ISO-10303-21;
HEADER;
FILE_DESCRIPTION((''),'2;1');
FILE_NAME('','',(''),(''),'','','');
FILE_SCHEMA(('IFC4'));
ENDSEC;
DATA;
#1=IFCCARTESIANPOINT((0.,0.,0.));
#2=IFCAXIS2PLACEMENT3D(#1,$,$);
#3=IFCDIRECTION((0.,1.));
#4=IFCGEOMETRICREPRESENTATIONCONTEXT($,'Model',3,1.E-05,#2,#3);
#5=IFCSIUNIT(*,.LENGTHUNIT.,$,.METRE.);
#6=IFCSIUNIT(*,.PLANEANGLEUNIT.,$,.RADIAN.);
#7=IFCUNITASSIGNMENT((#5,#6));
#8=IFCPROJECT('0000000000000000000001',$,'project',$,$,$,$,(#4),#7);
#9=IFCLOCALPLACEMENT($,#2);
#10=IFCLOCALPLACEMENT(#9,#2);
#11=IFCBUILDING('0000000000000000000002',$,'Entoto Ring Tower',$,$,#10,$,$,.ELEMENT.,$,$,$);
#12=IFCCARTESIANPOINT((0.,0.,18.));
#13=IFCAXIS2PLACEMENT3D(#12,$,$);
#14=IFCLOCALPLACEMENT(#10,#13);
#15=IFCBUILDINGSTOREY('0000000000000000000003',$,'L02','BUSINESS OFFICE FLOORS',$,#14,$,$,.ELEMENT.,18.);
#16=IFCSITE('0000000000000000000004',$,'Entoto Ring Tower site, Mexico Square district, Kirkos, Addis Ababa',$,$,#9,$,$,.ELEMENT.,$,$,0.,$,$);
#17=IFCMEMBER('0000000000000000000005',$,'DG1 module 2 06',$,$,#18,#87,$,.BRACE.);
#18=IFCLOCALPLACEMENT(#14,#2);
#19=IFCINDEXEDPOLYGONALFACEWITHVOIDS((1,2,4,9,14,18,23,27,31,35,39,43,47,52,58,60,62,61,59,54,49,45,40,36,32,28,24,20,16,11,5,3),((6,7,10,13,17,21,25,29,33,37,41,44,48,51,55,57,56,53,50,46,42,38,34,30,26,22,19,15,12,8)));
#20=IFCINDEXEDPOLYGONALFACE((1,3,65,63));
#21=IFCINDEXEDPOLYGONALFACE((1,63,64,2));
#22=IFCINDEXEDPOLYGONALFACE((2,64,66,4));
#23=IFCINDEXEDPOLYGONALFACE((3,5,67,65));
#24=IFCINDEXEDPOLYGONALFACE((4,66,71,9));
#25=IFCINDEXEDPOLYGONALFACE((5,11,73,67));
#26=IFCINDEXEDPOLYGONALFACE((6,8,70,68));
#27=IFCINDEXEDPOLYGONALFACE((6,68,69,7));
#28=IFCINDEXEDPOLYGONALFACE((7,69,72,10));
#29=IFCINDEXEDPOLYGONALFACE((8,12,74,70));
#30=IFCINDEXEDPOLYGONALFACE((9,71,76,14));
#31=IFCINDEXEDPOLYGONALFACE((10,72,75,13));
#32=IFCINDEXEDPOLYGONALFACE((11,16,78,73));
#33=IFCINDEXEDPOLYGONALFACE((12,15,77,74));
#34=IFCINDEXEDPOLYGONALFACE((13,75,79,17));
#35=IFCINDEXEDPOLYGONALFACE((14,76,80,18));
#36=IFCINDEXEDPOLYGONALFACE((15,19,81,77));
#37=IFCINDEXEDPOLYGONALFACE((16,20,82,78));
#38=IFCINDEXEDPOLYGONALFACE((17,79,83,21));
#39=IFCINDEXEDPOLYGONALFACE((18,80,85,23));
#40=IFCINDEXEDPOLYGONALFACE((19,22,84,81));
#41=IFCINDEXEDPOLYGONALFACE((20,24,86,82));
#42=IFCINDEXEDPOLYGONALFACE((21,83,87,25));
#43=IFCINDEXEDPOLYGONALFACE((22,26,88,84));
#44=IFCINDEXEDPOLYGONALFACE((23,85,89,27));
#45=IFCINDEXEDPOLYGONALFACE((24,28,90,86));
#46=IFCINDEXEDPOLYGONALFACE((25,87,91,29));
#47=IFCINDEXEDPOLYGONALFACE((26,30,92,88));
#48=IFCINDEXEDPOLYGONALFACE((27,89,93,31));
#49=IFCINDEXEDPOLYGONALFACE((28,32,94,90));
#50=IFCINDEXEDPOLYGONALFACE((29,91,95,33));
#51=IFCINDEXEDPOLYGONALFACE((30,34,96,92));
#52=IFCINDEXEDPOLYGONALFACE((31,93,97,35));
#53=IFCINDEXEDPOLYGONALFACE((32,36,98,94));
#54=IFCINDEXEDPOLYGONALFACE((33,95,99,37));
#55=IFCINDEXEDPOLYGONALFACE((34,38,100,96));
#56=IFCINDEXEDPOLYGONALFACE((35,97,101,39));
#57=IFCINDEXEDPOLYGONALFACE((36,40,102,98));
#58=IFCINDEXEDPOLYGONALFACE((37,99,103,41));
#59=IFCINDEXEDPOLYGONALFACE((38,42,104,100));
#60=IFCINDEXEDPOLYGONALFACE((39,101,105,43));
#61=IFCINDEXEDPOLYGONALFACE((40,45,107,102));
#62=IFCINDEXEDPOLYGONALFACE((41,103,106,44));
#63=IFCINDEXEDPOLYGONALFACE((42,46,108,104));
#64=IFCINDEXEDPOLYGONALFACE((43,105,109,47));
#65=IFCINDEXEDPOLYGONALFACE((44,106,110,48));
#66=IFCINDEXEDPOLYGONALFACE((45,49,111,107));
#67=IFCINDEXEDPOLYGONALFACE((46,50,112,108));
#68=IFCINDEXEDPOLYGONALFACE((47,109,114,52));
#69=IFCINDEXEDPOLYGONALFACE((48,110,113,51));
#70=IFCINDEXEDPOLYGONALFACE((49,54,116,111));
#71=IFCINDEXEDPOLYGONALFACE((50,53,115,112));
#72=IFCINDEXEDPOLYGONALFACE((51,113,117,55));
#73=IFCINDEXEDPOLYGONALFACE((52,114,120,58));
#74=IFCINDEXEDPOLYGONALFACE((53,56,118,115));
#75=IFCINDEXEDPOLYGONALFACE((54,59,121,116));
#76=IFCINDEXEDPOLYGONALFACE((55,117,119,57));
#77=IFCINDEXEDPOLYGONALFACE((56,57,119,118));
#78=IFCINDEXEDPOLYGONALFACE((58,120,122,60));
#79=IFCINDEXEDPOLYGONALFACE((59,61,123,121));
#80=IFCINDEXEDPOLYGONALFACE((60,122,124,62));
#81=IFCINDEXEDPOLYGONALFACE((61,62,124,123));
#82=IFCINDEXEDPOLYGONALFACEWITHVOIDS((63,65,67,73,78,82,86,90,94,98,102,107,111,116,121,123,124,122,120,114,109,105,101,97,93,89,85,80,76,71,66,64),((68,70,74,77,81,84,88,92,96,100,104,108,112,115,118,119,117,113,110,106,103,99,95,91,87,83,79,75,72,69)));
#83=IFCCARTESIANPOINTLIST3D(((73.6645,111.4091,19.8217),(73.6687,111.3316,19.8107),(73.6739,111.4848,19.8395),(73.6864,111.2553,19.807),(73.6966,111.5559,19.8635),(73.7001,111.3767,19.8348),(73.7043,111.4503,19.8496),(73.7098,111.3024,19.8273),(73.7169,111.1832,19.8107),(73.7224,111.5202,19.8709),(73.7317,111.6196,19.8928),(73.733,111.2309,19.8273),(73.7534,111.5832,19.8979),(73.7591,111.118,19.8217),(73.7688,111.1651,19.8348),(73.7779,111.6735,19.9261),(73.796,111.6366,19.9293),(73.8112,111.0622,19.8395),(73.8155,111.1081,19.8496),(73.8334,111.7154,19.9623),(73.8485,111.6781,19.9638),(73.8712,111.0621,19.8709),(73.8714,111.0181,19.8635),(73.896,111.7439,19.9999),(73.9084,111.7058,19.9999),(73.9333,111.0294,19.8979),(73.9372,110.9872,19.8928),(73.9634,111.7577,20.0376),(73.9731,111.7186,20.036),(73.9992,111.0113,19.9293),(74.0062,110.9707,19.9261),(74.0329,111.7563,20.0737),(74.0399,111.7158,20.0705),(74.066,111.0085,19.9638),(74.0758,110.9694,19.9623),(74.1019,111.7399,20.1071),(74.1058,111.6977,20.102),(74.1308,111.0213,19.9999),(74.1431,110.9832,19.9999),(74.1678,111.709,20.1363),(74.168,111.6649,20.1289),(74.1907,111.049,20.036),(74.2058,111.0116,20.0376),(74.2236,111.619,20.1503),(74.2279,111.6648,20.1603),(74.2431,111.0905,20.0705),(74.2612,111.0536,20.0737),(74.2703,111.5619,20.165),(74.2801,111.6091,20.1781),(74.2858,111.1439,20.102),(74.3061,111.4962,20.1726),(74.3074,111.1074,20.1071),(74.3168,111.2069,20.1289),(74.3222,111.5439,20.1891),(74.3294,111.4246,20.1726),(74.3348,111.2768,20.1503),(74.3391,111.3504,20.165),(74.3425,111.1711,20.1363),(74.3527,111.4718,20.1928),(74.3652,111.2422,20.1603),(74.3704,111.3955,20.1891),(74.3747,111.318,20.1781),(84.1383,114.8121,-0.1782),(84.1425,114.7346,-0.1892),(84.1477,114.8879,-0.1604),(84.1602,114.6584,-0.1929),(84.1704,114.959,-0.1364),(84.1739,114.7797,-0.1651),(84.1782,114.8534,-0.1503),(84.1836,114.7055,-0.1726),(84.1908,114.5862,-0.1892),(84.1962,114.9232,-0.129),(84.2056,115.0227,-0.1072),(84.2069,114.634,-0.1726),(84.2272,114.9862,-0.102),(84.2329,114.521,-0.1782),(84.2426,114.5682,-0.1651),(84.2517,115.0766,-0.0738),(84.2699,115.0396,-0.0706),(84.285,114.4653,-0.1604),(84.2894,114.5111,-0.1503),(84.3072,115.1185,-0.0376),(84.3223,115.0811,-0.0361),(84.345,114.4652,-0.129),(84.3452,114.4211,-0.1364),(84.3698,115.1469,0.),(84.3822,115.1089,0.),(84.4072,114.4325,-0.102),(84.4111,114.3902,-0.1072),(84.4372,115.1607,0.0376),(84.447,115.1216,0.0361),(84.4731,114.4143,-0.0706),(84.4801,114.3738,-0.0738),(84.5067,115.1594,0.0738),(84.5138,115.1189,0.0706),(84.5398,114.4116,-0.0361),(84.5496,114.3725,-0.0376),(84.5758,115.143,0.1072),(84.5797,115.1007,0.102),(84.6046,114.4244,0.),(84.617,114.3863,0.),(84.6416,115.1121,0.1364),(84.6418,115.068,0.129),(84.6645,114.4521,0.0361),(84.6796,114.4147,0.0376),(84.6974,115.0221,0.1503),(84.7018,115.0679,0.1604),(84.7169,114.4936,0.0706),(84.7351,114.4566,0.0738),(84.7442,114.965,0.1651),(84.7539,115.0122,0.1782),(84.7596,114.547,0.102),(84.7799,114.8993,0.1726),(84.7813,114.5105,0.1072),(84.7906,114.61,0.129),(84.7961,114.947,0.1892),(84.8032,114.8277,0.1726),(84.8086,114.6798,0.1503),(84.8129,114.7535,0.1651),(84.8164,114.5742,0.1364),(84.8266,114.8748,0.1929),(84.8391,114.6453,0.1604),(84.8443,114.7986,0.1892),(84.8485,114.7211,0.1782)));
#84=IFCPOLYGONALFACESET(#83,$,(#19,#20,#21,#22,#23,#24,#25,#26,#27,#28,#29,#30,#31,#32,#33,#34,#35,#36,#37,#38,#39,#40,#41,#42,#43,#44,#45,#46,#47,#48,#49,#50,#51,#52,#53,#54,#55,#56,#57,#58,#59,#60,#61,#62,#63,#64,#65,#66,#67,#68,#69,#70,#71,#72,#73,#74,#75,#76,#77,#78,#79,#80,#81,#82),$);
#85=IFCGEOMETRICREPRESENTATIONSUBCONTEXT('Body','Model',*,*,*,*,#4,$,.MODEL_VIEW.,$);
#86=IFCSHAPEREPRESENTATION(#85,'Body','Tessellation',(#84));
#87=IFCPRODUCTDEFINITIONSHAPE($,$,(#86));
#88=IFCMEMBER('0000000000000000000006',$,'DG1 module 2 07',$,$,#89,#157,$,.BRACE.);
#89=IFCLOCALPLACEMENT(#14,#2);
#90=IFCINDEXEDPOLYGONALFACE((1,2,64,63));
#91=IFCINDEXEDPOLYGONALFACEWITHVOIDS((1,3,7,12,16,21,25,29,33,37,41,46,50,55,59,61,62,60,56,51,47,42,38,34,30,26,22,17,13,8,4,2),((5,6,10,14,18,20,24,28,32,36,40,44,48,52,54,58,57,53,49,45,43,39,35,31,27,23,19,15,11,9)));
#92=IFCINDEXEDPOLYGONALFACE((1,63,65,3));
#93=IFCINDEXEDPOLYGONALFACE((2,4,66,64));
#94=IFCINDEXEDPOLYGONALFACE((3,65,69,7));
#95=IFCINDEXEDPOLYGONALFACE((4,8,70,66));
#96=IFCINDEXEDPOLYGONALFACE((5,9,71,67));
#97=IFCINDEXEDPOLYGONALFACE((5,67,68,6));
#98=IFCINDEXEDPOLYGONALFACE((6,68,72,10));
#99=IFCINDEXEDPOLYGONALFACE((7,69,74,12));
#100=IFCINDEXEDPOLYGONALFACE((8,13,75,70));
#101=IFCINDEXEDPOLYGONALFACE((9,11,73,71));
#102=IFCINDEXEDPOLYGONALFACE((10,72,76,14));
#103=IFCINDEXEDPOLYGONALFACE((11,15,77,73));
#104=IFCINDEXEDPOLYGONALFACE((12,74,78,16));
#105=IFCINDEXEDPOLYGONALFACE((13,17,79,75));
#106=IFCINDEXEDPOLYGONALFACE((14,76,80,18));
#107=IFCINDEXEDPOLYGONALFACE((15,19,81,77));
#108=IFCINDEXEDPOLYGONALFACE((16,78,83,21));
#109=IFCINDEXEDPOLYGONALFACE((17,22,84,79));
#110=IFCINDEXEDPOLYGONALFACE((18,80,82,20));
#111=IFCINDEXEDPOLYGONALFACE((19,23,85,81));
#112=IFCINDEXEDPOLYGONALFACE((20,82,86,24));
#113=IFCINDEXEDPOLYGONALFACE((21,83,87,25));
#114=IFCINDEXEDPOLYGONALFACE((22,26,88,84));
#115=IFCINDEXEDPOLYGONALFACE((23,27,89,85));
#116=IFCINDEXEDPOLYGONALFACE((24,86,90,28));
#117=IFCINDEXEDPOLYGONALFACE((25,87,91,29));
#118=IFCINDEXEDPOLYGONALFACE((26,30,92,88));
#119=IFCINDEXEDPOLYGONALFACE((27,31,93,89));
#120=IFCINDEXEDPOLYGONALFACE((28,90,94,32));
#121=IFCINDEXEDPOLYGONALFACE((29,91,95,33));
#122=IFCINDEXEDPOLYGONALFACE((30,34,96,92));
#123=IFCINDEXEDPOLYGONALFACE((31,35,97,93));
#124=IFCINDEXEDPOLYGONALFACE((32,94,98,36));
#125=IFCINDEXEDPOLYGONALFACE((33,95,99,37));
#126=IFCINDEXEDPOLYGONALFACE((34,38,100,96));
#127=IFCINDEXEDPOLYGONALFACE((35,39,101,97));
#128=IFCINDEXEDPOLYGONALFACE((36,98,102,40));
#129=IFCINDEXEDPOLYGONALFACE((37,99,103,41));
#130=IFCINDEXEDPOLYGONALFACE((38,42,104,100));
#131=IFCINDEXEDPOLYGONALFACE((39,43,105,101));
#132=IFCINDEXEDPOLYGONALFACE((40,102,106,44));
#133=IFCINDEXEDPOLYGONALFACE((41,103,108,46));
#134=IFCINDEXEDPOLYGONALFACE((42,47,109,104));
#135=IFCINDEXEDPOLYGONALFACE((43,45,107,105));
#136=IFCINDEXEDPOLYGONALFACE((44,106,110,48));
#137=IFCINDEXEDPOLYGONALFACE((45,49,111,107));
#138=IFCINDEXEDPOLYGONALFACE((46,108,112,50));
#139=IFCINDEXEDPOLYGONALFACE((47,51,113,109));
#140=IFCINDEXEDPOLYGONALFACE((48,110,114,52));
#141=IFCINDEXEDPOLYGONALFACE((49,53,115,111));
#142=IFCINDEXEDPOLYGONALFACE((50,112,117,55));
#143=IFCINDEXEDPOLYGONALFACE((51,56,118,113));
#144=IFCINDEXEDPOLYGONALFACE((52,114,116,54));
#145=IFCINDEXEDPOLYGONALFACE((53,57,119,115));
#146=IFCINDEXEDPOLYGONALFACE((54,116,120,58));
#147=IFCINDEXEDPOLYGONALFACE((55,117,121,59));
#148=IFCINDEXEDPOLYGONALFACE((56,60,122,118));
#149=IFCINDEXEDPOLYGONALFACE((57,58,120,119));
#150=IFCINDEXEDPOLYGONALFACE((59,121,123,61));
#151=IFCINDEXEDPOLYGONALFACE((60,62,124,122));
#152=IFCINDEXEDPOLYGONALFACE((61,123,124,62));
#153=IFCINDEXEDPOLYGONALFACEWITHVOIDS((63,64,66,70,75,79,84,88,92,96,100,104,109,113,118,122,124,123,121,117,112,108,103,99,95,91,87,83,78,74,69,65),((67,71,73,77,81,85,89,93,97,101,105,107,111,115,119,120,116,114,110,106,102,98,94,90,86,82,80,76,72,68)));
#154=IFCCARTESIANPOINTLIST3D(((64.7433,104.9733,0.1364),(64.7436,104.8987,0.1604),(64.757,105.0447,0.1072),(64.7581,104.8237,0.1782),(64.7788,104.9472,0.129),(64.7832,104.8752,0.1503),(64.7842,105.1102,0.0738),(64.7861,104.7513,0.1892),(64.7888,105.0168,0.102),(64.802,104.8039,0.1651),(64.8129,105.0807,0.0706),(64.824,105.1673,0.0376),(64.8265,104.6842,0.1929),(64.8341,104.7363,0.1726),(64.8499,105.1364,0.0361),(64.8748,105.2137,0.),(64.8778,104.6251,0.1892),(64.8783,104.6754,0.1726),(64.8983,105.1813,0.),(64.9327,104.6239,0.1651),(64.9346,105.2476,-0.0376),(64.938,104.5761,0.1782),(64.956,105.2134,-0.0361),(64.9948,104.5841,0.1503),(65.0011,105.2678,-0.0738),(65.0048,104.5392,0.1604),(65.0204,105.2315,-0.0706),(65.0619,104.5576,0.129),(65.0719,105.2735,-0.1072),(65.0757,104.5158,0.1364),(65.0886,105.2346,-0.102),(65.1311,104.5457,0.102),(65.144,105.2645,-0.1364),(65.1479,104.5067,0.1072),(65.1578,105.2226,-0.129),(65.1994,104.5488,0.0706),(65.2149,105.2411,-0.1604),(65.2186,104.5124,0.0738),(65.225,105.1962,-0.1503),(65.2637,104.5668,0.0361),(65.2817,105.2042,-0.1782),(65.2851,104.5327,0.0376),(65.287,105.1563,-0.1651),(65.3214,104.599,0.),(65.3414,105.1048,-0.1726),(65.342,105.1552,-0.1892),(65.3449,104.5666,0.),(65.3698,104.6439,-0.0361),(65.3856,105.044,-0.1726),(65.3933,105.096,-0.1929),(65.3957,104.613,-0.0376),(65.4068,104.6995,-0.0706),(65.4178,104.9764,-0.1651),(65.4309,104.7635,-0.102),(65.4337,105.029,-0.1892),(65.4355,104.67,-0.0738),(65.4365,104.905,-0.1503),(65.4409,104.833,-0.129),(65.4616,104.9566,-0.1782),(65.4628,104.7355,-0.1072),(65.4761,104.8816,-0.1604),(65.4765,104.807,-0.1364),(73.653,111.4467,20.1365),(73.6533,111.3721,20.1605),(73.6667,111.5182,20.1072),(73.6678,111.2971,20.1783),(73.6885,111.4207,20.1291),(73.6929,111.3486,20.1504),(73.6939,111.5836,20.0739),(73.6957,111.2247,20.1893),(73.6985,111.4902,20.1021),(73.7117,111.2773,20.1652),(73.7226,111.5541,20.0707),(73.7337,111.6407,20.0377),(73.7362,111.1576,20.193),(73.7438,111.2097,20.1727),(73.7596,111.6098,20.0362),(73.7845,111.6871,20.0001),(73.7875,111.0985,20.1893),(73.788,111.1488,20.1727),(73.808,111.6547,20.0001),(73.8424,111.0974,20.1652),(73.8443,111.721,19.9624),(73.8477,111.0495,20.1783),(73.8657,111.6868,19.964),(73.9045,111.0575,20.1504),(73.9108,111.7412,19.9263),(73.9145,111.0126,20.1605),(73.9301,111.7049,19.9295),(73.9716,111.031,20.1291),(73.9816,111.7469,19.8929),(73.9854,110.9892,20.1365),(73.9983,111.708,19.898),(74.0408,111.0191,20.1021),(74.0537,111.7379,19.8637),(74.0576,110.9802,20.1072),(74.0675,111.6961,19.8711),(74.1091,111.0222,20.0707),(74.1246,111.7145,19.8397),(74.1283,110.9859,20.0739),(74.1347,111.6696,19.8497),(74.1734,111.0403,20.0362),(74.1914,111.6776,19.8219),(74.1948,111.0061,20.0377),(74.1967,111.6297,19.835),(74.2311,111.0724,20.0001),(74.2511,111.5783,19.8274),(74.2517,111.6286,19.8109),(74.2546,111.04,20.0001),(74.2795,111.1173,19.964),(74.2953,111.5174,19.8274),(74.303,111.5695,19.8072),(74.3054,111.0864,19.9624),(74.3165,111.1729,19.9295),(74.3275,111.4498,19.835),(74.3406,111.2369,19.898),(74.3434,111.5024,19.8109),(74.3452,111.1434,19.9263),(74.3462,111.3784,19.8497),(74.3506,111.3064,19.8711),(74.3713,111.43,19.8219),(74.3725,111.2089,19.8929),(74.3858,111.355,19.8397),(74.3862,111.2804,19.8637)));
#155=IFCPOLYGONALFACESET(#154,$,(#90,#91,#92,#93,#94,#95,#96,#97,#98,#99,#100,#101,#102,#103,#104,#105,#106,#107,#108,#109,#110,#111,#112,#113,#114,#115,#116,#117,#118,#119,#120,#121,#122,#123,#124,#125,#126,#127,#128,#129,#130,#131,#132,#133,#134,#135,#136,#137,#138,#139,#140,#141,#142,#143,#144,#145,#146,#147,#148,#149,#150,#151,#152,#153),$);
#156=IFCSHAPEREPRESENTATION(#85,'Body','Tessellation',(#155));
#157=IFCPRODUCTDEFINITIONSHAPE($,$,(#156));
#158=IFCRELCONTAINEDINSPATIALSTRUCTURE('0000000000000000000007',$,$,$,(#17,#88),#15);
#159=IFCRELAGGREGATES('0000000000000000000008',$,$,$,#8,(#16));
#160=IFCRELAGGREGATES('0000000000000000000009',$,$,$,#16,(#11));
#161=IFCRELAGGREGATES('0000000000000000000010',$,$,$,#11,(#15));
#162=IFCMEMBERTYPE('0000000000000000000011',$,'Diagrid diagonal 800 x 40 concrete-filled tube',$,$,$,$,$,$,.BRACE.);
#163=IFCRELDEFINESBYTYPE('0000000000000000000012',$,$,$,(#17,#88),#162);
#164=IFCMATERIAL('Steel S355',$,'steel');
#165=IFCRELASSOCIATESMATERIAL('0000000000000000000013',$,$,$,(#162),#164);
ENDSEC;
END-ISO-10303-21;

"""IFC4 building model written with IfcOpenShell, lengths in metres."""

from ifc_helpers import new_model, si_unit, direction, frame, origin, origin_2d, place, context, subcontext, project, spatial, circle, hollow_circle, extrude, material, material_profile, profile_set, type_object, element, save


model = new_model("IFC4")

# Units and contexts
model_context = context("Model", 3, precision=1e-05, world=origin(), true_north=direction((0.0, 1.0)))
body_context = subcontext(model_context, "Body", "Model", "MODEL_VIEW")
ifc_project = project(units=[si_unit("LENGTHUNIT", "METRE"), si_unit("PLANEANGLEUNIT", "RADIAN")], contexts=[model_context])

# Site, building, storey
site_placement = place(None, origin())
site = spatial("IfcSite", under=ifc_project, at=site_placement, Name="Entoto Ring Tower site, Mexico Square district, Kirkos, Addis Ababa", CompositionType="ELEMENT", RefElevation=0.0)
building_placement = place(site_placement, origin())
building = spatial("IfcBuilding", under=site, at=building_placement, Name="Entoto Ring Tower", CompositionType="ELEMENT")
storey_placement = place(building_placement, frame((0.0, 0.0, 18.0)))
storey = spatial("IfcBuildingStorey", under=building, at=storey_placement, Name="L02", Description="BUSINESS OFFICE FLOORS", CompositionType="ELEMENT", Elevation=18.0)

# Members
ifc_material_1 = material(Name="Steel S355", Category="steel")
ifc_material_profile_1 = material_profile(ifc_material_1, hollow_circle(Radius=0.3999, WallThickness=0.04, at=origin_2d()), Name="CHS 800 x 40")
ifc_material_2 = material(Name="Concrete C60/75", Category="concrete")
ifc_material_profile_2 = material_profile(ifc_material_2, circle(Radius=0.3601, at=origin_2d()), Name="Concrete C60/75 infill")
ifc_profile_set_1 = profile_set([ifc_material_profile_1, ifc_material_profile_2], Name="Steel S355")
member_type_1 = type_object("IfcMemberType", Name="Diagrid diagonal 800 x 40 concrete-filled tube", PredefinedType="BRACE", material=ifc_profile_set_1)
member_1_placement = place(storey_placement, frame((84.4934, 114.7666, 0.0), z_axis=(-0.458744, -0.149051, 0.875978), x_axis=(0.309009, -0.951059, 0.0)))
element("IfcMember", 1, at=member_1_placement, inside=storey, type_object=member_type_1, Name="DG1 module 2 06", PredefinedType="BRACE", context=body_context, shape_type="SweptSolid", body=[
    extrude(hollow_circle(Radius=0.3999, WallThickness=0.04, at=origin_2d()), origin(), (0.0, 0.0, 1.0), 22.8315),
])
for number, where, z_axis, x_axis, name in (
    (2, (65.1099, 104.8901, 0.0), (0.390232, 0.283526, 0.875975), (-0.587793, 0.809011, 0.0), "DG1 module 2 07"),
):
    element("IfcMember", number, at=place(storey_placement, frame(where, z_axis=z_axis, x_axis=x_axis)), inside=storey, type_object=member_type_1, Name=name, PredefinedType="BRACE", context=body_context, shape_type="SweptSolid", body=[
        extrude(hollow_circle(Radius=0.3999, WallThickness=0.04, at=origin_2d()), origin(), (0.0, 0.0, 1.0), 22.8318),
    ])

save(model, "model.ifc")
